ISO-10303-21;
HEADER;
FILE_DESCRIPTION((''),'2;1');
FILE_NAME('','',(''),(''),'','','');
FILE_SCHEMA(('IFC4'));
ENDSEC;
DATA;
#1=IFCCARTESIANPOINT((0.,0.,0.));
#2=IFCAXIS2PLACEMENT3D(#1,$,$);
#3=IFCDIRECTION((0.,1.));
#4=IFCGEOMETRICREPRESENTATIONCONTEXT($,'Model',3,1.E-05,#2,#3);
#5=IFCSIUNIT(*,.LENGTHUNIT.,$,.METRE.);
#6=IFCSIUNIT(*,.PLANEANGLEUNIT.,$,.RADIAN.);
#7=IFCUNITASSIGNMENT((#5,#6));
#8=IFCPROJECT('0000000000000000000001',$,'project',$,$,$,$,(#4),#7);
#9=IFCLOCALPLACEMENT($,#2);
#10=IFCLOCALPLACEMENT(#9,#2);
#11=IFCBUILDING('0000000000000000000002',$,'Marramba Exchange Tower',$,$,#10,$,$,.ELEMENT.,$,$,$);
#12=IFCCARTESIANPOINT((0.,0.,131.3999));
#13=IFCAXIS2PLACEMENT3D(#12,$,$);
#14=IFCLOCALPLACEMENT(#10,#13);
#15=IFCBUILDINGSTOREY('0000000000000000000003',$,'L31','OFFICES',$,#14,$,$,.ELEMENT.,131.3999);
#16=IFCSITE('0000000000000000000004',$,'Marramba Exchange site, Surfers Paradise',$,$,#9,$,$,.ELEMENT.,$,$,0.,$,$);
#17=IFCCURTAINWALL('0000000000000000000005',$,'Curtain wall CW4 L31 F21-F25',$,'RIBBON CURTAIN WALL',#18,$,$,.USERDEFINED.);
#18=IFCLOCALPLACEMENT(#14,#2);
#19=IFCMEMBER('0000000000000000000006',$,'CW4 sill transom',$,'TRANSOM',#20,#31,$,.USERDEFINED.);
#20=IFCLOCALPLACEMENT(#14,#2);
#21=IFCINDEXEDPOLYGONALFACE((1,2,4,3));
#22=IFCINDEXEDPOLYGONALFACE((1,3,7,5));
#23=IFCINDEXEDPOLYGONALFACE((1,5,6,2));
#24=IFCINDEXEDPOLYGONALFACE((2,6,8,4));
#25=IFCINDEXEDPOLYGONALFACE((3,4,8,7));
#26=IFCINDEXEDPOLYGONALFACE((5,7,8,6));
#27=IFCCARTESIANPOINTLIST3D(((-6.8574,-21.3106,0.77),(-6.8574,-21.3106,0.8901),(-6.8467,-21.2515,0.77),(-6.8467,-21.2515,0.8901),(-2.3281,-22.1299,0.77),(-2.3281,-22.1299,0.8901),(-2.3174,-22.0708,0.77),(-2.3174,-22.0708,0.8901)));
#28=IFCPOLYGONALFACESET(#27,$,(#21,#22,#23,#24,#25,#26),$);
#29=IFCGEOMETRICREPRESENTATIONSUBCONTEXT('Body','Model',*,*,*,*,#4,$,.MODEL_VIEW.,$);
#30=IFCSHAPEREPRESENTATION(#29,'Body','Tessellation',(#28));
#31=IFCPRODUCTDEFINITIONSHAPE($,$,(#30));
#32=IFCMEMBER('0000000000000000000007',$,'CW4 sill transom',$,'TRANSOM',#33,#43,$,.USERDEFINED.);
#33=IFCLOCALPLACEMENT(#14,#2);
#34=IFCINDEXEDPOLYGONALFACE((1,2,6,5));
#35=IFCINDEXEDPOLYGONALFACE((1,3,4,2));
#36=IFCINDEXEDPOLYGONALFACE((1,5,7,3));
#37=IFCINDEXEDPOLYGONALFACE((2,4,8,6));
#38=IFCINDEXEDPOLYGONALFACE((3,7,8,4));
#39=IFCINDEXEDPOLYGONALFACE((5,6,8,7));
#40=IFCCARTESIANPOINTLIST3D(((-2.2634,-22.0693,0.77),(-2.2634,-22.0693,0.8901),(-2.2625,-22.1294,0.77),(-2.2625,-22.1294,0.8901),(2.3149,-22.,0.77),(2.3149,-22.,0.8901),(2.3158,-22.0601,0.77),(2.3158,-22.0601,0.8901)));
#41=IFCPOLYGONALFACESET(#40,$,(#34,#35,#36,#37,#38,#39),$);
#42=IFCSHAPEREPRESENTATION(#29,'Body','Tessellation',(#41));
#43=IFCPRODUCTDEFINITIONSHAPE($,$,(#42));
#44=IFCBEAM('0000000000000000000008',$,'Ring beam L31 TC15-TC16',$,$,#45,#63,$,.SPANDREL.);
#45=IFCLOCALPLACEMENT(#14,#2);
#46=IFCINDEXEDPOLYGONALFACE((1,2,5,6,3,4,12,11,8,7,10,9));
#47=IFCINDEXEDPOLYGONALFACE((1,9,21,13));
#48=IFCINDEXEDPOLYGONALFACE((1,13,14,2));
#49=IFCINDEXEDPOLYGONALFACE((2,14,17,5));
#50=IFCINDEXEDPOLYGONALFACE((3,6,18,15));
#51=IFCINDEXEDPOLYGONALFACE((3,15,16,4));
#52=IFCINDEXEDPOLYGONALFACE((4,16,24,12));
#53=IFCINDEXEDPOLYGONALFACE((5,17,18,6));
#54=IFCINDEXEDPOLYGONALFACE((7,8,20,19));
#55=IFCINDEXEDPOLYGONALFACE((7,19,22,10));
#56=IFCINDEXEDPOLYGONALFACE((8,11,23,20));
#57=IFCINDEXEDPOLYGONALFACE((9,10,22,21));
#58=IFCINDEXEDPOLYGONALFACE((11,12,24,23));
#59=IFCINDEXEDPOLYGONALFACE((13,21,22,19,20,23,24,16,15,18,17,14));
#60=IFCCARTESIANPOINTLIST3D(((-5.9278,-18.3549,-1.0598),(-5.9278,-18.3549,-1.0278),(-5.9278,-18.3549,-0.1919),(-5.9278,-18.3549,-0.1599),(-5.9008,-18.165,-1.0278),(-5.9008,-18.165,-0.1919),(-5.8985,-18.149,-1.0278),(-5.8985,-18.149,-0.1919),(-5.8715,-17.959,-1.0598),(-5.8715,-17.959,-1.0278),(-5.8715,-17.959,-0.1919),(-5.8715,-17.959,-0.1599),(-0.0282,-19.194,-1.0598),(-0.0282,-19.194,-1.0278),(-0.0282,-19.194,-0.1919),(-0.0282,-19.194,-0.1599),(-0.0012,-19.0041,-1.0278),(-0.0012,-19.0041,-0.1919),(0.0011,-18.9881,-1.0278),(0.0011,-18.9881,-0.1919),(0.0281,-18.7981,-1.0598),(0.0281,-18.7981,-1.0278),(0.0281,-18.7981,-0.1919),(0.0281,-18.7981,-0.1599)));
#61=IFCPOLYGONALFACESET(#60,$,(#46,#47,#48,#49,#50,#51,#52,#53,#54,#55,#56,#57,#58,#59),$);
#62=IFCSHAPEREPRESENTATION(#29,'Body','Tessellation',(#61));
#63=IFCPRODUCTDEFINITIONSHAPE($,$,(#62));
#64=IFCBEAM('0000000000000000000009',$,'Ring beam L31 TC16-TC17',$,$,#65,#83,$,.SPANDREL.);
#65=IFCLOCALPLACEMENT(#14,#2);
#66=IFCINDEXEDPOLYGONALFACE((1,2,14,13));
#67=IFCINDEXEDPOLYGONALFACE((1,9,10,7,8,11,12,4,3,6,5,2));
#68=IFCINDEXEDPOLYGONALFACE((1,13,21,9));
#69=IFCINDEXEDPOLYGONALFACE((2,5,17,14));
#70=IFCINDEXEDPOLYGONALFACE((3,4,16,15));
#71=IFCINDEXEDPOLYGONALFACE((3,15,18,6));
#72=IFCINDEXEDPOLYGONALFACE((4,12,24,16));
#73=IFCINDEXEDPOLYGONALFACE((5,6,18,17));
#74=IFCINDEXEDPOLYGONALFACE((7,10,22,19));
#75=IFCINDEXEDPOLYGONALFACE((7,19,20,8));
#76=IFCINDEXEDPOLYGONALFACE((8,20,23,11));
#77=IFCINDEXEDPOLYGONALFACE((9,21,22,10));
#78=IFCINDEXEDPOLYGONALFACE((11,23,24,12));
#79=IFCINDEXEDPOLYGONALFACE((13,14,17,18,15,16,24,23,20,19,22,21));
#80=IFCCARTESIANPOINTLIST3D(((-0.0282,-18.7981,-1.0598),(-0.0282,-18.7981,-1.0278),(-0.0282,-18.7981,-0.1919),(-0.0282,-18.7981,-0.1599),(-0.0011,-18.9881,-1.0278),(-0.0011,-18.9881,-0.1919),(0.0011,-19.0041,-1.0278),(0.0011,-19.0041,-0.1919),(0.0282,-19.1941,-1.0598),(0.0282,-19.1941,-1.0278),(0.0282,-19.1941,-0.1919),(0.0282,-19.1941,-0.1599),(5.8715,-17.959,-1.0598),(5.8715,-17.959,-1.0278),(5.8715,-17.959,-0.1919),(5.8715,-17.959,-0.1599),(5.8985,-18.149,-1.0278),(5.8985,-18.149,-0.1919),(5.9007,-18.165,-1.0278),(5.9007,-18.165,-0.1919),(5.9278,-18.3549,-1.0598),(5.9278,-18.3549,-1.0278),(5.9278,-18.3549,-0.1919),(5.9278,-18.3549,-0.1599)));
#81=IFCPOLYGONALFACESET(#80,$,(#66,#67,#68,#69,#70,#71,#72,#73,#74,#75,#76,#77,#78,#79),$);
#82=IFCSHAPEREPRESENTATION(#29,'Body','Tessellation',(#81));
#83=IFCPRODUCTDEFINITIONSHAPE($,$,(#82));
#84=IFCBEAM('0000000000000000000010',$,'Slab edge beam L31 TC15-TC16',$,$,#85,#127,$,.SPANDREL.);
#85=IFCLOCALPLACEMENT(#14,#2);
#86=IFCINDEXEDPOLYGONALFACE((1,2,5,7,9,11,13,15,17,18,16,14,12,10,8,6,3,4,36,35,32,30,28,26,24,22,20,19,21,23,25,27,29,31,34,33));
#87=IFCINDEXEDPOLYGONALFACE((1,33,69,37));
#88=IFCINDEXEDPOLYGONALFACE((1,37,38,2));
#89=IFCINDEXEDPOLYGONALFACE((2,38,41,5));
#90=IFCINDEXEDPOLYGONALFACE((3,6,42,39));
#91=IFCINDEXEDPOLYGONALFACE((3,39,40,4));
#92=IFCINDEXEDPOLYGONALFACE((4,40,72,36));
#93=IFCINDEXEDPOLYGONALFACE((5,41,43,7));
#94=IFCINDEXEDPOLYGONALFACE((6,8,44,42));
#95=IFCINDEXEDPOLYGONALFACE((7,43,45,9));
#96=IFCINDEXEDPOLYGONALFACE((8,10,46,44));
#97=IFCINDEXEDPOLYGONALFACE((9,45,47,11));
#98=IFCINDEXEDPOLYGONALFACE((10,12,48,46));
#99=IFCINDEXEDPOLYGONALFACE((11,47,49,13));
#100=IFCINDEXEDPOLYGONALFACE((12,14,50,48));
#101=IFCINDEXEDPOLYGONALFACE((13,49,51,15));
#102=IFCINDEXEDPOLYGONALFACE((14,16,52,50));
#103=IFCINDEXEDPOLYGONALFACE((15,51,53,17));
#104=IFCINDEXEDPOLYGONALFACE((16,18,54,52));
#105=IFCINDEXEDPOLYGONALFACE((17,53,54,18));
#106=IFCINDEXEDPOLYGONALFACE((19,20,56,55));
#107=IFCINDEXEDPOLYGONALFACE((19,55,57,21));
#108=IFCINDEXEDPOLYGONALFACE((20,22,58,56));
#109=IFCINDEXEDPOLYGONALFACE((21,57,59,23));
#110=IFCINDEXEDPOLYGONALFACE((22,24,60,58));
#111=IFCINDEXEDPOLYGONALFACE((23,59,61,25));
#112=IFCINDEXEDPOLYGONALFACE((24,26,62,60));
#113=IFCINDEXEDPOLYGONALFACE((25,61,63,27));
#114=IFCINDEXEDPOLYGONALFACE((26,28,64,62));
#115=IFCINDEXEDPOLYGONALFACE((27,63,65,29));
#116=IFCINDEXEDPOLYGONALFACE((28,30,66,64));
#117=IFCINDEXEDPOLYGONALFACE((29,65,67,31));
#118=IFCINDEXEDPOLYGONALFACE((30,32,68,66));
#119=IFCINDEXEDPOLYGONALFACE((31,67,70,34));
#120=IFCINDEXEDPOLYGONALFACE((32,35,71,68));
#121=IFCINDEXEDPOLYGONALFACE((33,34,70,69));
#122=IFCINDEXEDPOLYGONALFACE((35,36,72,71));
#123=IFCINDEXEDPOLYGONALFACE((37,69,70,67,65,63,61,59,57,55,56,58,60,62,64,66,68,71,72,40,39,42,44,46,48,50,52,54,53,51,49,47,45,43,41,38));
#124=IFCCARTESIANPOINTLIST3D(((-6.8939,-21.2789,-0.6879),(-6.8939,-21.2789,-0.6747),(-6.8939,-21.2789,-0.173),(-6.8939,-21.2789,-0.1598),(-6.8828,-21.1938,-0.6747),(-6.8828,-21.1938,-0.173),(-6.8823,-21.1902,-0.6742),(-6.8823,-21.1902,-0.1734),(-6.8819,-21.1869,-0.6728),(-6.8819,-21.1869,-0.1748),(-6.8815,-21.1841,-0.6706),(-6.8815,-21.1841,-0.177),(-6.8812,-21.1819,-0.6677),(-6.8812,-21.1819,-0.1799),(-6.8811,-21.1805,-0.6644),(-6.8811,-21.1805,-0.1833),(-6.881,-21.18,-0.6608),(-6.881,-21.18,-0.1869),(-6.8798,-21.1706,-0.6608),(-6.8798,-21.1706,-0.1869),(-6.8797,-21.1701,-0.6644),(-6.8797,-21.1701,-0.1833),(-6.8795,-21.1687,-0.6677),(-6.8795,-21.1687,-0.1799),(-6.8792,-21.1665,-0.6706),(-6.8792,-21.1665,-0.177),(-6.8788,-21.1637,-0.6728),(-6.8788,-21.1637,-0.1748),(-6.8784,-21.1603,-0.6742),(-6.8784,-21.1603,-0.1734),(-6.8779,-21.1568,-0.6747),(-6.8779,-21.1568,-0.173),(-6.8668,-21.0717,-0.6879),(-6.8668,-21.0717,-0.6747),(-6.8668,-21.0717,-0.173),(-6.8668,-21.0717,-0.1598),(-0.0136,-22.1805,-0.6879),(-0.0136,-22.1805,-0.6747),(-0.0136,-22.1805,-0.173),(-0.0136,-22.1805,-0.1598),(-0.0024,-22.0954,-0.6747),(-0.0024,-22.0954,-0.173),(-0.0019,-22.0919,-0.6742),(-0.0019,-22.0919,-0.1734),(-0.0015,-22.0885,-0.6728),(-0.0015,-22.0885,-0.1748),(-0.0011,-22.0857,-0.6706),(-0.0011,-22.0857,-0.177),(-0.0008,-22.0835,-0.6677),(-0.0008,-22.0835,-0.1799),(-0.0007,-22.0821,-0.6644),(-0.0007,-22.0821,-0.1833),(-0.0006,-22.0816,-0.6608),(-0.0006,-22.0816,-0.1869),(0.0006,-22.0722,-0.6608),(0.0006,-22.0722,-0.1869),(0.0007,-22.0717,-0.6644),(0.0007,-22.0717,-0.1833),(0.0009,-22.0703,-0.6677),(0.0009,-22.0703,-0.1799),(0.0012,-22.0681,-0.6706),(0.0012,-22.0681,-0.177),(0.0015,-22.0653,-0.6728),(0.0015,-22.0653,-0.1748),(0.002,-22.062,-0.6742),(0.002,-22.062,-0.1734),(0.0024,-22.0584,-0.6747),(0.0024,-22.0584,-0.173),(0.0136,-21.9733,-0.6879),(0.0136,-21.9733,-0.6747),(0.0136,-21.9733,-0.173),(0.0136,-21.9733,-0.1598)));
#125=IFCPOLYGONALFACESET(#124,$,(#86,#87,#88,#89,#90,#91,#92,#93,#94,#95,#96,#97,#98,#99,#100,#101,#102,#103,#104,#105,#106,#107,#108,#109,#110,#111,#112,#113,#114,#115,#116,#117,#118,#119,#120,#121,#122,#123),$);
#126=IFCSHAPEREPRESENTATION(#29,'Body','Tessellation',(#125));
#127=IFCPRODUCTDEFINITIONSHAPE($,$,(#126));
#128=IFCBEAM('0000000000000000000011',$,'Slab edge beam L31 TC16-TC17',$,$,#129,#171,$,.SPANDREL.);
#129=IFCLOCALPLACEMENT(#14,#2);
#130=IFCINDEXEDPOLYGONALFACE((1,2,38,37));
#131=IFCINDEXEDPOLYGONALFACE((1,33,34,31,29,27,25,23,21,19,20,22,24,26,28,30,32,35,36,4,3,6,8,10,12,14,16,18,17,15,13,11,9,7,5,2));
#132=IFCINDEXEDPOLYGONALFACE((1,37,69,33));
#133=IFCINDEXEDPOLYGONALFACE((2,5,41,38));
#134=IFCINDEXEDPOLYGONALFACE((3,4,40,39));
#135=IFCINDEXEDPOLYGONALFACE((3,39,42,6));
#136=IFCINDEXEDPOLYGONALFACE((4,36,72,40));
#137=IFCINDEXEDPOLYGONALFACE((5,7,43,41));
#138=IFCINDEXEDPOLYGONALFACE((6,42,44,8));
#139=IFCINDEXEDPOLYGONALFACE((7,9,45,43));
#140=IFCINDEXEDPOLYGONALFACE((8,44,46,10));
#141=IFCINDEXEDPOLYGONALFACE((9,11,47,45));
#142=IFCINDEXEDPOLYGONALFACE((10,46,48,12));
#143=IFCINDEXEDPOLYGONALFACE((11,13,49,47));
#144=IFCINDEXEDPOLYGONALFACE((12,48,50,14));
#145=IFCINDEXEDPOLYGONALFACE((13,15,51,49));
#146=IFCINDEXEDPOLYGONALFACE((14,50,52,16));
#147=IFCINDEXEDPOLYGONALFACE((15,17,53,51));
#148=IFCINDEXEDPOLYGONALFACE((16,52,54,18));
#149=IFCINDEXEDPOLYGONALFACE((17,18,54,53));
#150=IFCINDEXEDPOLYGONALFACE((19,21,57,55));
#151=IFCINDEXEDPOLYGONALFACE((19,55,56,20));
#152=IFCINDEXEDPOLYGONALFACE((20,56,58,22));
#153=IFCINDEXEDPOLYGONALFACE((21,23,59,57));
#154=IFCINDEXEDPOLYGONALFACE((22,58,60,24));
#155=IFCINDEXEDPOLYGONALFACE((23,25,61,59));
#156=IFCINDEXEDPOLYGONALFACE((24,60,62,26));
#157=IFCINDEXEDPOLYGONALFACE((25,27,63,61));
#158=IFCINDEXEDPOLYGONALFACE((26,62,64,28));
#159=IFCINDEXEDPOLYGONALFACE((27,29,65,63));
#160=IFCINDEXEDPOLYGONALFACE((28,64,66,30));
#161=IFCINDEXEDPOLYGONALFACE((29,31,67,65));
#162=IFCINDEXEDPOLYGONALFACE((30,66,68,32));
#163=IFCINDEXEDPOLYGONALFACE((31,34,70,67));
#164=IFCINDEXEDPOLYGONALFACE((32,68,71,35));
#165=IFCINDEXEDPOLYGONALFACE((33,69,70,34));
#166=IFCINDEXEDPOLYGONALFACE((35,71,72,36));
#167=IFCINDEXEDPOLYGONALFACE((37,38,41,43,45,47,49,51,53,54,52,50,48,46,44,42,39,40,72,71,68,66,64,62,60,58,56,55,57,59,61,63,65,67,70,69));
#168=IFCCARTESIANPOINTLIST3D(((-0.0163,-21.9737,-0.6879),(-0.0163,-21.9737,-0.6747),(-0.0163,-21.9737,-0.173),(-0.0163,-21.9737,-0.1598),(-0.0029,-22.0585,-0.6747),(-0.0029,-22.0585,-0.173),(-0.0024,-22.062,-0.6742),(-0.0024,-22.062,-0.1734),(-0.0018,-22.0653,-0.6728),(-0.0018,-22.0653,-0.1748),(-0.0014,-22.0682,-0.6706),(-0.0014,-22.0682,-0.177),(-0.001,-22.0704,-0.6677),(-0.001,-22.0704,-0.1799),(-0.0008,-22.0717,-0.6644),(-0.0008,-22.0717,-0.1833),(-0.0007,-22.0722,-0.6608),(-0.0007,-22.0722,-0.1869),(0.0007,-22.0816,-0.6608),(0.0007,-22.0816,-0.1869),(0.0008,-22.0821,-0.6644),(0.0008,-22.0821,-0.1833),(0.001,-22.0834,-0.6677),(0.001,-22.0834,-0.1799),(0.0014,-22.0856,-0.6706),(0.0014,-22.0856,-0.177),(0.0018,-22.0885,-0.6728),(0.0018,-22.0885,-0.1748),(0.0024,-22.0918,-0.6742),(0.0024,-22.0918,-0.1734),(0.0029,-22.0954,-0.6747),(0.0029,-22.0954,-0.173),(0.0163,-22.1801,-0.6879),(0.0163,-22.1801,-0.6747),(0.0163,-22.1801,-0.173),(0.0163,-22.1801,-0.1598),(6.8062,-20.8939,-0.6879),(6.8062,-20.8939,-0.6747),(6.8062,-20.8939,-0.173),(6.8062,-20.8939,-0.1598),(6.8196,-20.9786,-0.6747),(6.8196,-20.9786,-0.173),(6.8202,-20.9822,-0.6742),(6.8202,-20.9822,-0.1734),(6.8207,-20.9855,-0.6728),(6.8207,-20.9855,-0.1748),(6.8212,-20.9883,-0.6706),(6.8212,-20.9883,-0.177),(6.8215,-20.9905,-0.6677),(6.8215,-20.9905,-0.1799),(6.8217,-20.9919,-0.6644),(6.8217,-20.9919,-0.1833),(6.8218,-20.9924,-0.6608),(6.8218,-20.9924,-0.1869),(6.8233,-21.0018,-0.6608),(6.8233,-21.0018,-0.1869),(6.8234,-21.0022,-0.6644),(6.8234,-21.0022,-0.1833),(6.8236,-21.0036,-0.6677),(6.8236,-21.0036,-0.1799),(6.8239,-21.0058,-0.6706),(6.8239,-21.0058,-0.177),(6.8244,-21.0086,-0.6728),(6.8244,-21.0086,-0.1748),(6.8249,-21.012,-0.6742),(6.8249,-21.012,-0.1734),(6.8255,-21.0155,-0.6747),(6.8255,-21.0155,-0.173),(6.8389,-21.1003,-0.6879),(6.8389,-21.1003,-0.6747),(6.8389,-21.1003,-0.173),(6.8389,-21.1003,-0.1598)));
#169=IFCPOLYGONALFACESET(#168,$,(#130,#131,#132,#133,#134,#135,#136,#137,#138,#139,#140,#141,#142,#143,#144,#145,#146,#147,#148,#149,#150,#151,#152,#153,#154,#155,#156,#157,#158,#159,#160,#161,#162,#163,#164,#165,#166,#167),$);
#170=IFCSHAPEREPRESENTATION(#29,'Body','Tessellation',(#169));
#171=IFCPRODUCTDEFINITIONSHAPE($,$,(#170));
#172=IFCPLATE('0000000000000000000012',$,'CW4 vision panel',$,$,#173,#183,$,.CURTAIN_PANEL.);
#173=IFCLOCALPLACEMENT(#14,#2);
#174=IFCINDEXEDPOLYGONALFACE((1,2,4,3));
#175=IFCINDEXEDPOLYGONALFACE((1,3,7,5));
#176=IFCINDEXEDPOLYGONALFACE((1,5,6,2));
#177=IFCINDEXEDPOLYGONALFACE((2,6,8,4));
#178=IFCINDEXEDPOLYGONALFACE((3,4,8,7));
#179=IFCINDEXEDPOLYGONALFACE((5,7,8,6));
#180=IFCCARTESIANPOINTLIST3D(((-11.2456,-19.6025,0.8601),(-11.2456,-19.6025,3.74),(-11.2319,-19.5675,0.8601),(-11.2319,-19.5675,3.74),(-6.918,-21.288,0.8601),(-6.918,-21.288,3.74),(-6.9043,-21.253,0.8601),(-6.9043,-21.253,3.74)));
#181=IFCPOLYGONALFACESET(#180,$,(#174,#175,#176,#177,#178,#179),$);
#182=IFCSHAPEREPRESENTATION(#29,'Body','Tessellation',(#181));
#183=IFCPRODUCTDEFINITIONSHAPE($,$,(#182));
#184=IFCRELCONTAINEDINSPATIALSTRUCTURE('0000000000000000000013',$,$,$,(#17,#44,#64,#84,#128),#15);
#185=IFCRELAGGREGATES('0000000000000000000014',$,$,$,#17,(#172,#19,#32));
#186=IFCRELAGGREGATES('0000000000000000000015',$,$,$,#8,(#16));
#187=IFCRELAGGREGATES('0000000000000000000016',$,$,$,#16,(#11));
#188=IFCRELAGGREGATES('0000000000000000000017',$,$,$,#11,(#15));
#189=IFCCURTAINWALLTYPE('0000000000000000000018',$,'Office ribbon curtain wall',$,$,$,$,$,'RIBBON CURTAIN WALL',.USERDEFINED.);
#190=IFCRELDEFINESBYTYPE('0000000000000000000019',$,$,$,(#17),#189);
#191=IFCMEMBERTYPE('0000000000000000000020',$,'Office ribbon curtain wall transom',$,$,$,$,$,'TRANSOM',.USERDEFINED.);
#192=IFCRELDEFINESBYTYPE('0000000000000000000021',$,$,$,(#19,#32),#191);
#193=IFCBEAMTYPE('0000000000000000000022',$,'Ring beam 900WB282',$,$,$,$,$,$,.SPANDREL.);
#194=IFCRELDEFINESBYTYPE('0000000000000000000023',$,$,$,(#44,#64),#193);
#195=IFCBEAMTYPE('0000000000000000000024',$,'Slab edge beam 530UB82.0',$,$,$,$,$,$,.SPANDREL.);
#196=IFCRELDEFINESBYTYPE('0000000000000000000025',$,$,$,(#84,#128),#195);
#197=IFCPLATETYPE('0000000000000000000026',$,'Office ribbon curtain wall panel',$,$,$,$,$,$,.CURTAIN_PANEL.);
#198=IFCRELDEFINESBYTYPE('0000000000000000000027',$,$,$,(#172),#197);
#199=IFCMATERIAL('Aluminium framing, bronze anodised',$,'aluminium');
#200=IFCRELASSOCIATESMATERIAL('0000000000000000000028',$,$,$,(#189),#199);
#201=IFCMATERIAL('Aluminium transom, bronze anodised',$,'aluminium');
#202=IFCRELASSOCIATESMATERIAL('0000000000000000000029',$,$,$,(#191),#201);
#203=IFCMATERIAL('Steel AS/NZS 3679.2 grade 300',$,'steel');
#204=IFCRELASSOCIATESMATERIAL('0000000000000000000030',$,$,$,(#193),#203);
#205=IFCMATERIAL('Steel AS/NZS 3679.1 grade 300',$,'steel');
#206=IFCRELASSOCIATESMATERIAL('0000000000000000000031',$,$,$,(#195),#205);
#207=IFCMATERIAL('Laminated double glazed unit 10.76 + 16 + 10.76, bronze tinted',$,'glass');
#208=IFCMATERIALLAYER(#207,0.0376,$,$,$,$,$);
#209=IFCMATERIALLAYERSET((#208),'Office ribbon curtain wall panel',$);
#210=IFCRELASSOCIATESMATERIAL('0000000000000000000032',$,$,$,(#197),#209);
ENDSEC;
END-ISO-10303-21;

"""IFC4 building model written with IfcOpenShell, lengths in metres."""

from ifc_helpers import new_model, si_unit, direction, frame, origin, origin_2d, place, context, subcontext, project, spatial, rectangle, i_section, extrude, material, layer, layer_set, material_profile, profile_set, type_object, element, aggregate, save


model = new_model("IFC4")

# Units and contexts
model_context = context("Model", 3, precision=1e-05, world=origin(), true_north=direction((0.0, 1.0)))
body_context = subcontext(model_context, "Body", "Model", "MODEL_VIEW")
ifc_project = project(units=[si_unit("LENGTHUNIT", "METRE"), si_unit("PLANEANGLEUNIT", "RADIAN")], contexts=[model_context])

# Site, building, storey
site_placement = place(None, origin())
site = spatial("IfcSite", under=ifc_project, at=site_placement, Name="Marramba Exchange site, Surfers Paradise", CompositionType="ELEMENT", RefElevation=0.0)
building_placement = place(site_placement, origin())
building = spatial("IfcBuilding", under=site, at=building_placement, Name="Marramba Exchange Tower", CompositionType="ELEMENT")
storey_placement = place(building_placement, frame((0.0, 0.0, 131.3999)))
storey = spatial("IfcBuildingStorey", under=building, at=storey_placement, Name="L31", Description="OFFICES", CompositionType="ELEMENT", Elevation=131.3999)

# Shared definitions
ifc_material_1 = material(Name="Steel AS/NZS 3679.2 grade 300", Category="steel")
ifc_material_2 = material(Name="Steel AS/NZS 3679.1 grade 300", Category="steel")

# Curtain wall, members
ifc_material_3 = material(Name="Aluminium framing, bronze anodised", Category="aluminium")
curtain_wall_type = type_object("IfcCurtainWallType", Name="Office ribbon curtain wall", ElementType="RIBBON CURTAIN WALL", PredefinedType="USERDEFINED", material=ifc_material_3)
curtain_wall_placement = place(storey_placement, origin())
curtain_wall = element("IfcCurtainWall", 1, at=curtain_wall_placement, inside=storey, type_object=curtain_wall_type, Name="Curtain wall CW4 L31 F21-F25", ObjectType="RIBBON CURTAIN WALL", PredefinedType="USERDEFINED")
ifc_material_4 = material(Name="Aluminium transom, bronze anodised", Category="aluminium")
ifc_material_profile_1 = material_profile(ifc_material_4, rectangle(XDim=0.0601, YDim=0.1201, at=origin_2d()), Name="CW4 transom 60x120")
ifc_profile_set_1 = profile_set([ifc_material_profile_1], Name="Aluminium transom, bronze anodised")
member_type_1 = type_object("IfcMemberType", Name="Office ribbon curtain wall transom", ElementType="TRANSOM", PredefinedType="USERDEFINED", material=ifc_profile_set_1)
member_1_placement = place(storey_placement, frame((-6.8521, -21.281, 0.8301), z_axis=(0.984029, -0.178008, 0.0), x_axis=(0.178008, 0.984029, 0.0)))
member_1 = element("IfcMember", 2, at=member_1_placement, type_object=member_type_1, Name="CW4 sill transom", ObjectType="TRANSOM", PredefinedType="USERDEFINED", context=body_context, shape_type="SweptSolid", body=[
    extrude(rectangle(XDim=0.0601, YDim=0.1201, at=origin_2d()), origin(), (0.0, 0.0, 1.0), 4.6028),
])
member_2_placement = place(storey_placement, frame((-2.2629, -22.0994, 0.8301), z_axis=(0.999885, 0.015143, 0.0), x_axis=(-0.015143, 0.999885, 0.0)))
member_2 = element("IfcMember", 3, at=member_2_placement, type_object=member_type_1, Name="CW4 sill transom", ObjectType="TRANSOM", PredefinedType="USERDEFINED", context=body_context, shape_type="SweptSolid", body=[
    extrude(rectangle(XDim=0.0601, YDim=0.1201, at=origin_2d()), origin(), (0.0, 0.0, 1.0), 4.5789),
])

# Beams
ifc_material_profile_2 = material_profile(ifc_material_1, i_section(OverallWidth=0.3999, OverallDepth=0.8999, WebThickness=0.0161, FlangeThickness=0.032, at=origin_2d()), Name="900WB282")
ifc_profile_set_2 = profile_set([ifc_material_profile_2], Name="Steel AS/NZS 3679.2 grade 300")
beam_type_1 = type_object("IfcBeamType", Name="Ring beam 900WB282", PredefinedType="SPANDREL", material=ifc_profile_set_2)
for number, where, z_axis, x_axis, name in (
    (4, (-5.8997, -18.157, -0.6099), (0.990036, -0.140813, 0.0), (0.140813, 0.990036, 0.0), "Ring beam L31 TC15-TC16"),
    (5, (0.0, -18.9961, -0.6099), (0.990036, 0.140813, 0.0), (-0.140813, 0.990036, 0.0), "Ring beam L31 TC16-TC17"),
):
    element("IfcBeam", number, at=place(storey_placement, frame(where, z_axis=z_axis, x_axis=x_axis)), inside=storey, type_object=beam_type_1, Name=name, PredefinedType="SPANDREL", context=body_context, shape_type="SweptSolid", body=[
        extrude(i_section(OverallWidth=0.3999, OverallDepth=0.8999, WebThickness=0.0161, FlangeThickness=0.032, at=origin_2d()), origin(), (0.0, 0.0, 1.0), 5.959),
    ])
ifc_material_profile_3 = material_profile(ifc_material_2, i_section(OverallWidth=0.209, OverallDepth=0.5281, WebThickness=0.0095, FlangeThickness=0.0132, FilletRadius=0.0139, at=origin_2d()), Name="530UB82.0")
ifc_profile_set_3 = profile_set([ifc_material_profile_3], Name="Steel AS/NZS 3679.1 grade 300")
beam_type_2 = type_object("IfcBeamType", Name="Slab edge beam 530UB82.0", PredefinedType="SPANDREL", material=ifc_profile_set_3)
beam_1_placement = place(storey_placement, frame((-6.8804, -21.1753, -0.4238), z_axis=(0.991523, -0.12993, 0.0), x_axis=(0.12993, 0.991523, 0.0)))
element("IfcBeam", 6, at=beam_1_placement, inside=storey, type_object=beam_type_2, Name="Slab edge beam L31 TC15-TC16", PredefinedType="SPANDREL", context=body_context, shape_type="SweptSolid", body=[
    extrude(i_section(OverallWidth=0.209, OverallDepth=0.5281, WebThickness=0.0095, FlangeThickness=0.0132, FilletRadius=0.0139, at=origin_2d()), origin(), (0.0, 0.0, 1.0), 6.9392),
])
beam_2_placement = place(storey_placement, frame((0.0, -22.0769, -0.4238), z_axis=(0.987705, 0.156329, 0.0), x_axis=(-0.156329, 0.987705, 0.0)))
element("IfcBeam", 7, at=beam_2_placement, inside=storey, type_object=beam_type_2, Name="Slab edge beam L31 TC16-TC17", PredefinedType="SPANDREL", context=body_context, shape_type="SweptSolid", body=[
    extrude(i_section(OverallWidth=0.209, OverallDepth=0.5281, WebThickness=0.0095, FlangeThickness=0.0132, FilletRadius=0.0139, at=origin_2d()), origin(), (0.0, 0.0, 1.0), 6.9075),
])

# Plate
ifc_material_5 = material(Name="Laminated double glazed unit 10.76 + 16 + 10.76, bronze tinted", Category="glass")
ifc_layer_1 = layer(ifc_material_5, 0.0376)
ifc_layer_set_1 = layer_set([ifc_layer_1], Name="Office ribbon curtain wall panel")
plate_type = type_object("IfcPlateType", Name="Office ribbon curtain wall panel", PredefinedType="CURTAIN_PANEL", material=ifc_layer_set_1)
plate_1_placement = place(storey_placement, frame((-9.075, -20.4277, 0.8601), z_axis=(0.0, 0.0, 1.0), x_axis=(0.931818, -0.362925, 0.0)))
plate_1 = element("IfcPlate", 8, at=plate_1_placement, type_object=plate_type, Name="CW4 vision panel", PredefinedType="CURTAIN_PANEL", context=body_context, shape_type="SweptSolid", body=[
    extrude(rectangle(XDim=4.6443, YDim=0.0376, at=origin_2d()), origin(), (0.0, 0.0, 1.0), 2.8799),
])
aggregate(curtain_wall, [plate_1, member_1, member_2])

save(model, "model.ifc")
